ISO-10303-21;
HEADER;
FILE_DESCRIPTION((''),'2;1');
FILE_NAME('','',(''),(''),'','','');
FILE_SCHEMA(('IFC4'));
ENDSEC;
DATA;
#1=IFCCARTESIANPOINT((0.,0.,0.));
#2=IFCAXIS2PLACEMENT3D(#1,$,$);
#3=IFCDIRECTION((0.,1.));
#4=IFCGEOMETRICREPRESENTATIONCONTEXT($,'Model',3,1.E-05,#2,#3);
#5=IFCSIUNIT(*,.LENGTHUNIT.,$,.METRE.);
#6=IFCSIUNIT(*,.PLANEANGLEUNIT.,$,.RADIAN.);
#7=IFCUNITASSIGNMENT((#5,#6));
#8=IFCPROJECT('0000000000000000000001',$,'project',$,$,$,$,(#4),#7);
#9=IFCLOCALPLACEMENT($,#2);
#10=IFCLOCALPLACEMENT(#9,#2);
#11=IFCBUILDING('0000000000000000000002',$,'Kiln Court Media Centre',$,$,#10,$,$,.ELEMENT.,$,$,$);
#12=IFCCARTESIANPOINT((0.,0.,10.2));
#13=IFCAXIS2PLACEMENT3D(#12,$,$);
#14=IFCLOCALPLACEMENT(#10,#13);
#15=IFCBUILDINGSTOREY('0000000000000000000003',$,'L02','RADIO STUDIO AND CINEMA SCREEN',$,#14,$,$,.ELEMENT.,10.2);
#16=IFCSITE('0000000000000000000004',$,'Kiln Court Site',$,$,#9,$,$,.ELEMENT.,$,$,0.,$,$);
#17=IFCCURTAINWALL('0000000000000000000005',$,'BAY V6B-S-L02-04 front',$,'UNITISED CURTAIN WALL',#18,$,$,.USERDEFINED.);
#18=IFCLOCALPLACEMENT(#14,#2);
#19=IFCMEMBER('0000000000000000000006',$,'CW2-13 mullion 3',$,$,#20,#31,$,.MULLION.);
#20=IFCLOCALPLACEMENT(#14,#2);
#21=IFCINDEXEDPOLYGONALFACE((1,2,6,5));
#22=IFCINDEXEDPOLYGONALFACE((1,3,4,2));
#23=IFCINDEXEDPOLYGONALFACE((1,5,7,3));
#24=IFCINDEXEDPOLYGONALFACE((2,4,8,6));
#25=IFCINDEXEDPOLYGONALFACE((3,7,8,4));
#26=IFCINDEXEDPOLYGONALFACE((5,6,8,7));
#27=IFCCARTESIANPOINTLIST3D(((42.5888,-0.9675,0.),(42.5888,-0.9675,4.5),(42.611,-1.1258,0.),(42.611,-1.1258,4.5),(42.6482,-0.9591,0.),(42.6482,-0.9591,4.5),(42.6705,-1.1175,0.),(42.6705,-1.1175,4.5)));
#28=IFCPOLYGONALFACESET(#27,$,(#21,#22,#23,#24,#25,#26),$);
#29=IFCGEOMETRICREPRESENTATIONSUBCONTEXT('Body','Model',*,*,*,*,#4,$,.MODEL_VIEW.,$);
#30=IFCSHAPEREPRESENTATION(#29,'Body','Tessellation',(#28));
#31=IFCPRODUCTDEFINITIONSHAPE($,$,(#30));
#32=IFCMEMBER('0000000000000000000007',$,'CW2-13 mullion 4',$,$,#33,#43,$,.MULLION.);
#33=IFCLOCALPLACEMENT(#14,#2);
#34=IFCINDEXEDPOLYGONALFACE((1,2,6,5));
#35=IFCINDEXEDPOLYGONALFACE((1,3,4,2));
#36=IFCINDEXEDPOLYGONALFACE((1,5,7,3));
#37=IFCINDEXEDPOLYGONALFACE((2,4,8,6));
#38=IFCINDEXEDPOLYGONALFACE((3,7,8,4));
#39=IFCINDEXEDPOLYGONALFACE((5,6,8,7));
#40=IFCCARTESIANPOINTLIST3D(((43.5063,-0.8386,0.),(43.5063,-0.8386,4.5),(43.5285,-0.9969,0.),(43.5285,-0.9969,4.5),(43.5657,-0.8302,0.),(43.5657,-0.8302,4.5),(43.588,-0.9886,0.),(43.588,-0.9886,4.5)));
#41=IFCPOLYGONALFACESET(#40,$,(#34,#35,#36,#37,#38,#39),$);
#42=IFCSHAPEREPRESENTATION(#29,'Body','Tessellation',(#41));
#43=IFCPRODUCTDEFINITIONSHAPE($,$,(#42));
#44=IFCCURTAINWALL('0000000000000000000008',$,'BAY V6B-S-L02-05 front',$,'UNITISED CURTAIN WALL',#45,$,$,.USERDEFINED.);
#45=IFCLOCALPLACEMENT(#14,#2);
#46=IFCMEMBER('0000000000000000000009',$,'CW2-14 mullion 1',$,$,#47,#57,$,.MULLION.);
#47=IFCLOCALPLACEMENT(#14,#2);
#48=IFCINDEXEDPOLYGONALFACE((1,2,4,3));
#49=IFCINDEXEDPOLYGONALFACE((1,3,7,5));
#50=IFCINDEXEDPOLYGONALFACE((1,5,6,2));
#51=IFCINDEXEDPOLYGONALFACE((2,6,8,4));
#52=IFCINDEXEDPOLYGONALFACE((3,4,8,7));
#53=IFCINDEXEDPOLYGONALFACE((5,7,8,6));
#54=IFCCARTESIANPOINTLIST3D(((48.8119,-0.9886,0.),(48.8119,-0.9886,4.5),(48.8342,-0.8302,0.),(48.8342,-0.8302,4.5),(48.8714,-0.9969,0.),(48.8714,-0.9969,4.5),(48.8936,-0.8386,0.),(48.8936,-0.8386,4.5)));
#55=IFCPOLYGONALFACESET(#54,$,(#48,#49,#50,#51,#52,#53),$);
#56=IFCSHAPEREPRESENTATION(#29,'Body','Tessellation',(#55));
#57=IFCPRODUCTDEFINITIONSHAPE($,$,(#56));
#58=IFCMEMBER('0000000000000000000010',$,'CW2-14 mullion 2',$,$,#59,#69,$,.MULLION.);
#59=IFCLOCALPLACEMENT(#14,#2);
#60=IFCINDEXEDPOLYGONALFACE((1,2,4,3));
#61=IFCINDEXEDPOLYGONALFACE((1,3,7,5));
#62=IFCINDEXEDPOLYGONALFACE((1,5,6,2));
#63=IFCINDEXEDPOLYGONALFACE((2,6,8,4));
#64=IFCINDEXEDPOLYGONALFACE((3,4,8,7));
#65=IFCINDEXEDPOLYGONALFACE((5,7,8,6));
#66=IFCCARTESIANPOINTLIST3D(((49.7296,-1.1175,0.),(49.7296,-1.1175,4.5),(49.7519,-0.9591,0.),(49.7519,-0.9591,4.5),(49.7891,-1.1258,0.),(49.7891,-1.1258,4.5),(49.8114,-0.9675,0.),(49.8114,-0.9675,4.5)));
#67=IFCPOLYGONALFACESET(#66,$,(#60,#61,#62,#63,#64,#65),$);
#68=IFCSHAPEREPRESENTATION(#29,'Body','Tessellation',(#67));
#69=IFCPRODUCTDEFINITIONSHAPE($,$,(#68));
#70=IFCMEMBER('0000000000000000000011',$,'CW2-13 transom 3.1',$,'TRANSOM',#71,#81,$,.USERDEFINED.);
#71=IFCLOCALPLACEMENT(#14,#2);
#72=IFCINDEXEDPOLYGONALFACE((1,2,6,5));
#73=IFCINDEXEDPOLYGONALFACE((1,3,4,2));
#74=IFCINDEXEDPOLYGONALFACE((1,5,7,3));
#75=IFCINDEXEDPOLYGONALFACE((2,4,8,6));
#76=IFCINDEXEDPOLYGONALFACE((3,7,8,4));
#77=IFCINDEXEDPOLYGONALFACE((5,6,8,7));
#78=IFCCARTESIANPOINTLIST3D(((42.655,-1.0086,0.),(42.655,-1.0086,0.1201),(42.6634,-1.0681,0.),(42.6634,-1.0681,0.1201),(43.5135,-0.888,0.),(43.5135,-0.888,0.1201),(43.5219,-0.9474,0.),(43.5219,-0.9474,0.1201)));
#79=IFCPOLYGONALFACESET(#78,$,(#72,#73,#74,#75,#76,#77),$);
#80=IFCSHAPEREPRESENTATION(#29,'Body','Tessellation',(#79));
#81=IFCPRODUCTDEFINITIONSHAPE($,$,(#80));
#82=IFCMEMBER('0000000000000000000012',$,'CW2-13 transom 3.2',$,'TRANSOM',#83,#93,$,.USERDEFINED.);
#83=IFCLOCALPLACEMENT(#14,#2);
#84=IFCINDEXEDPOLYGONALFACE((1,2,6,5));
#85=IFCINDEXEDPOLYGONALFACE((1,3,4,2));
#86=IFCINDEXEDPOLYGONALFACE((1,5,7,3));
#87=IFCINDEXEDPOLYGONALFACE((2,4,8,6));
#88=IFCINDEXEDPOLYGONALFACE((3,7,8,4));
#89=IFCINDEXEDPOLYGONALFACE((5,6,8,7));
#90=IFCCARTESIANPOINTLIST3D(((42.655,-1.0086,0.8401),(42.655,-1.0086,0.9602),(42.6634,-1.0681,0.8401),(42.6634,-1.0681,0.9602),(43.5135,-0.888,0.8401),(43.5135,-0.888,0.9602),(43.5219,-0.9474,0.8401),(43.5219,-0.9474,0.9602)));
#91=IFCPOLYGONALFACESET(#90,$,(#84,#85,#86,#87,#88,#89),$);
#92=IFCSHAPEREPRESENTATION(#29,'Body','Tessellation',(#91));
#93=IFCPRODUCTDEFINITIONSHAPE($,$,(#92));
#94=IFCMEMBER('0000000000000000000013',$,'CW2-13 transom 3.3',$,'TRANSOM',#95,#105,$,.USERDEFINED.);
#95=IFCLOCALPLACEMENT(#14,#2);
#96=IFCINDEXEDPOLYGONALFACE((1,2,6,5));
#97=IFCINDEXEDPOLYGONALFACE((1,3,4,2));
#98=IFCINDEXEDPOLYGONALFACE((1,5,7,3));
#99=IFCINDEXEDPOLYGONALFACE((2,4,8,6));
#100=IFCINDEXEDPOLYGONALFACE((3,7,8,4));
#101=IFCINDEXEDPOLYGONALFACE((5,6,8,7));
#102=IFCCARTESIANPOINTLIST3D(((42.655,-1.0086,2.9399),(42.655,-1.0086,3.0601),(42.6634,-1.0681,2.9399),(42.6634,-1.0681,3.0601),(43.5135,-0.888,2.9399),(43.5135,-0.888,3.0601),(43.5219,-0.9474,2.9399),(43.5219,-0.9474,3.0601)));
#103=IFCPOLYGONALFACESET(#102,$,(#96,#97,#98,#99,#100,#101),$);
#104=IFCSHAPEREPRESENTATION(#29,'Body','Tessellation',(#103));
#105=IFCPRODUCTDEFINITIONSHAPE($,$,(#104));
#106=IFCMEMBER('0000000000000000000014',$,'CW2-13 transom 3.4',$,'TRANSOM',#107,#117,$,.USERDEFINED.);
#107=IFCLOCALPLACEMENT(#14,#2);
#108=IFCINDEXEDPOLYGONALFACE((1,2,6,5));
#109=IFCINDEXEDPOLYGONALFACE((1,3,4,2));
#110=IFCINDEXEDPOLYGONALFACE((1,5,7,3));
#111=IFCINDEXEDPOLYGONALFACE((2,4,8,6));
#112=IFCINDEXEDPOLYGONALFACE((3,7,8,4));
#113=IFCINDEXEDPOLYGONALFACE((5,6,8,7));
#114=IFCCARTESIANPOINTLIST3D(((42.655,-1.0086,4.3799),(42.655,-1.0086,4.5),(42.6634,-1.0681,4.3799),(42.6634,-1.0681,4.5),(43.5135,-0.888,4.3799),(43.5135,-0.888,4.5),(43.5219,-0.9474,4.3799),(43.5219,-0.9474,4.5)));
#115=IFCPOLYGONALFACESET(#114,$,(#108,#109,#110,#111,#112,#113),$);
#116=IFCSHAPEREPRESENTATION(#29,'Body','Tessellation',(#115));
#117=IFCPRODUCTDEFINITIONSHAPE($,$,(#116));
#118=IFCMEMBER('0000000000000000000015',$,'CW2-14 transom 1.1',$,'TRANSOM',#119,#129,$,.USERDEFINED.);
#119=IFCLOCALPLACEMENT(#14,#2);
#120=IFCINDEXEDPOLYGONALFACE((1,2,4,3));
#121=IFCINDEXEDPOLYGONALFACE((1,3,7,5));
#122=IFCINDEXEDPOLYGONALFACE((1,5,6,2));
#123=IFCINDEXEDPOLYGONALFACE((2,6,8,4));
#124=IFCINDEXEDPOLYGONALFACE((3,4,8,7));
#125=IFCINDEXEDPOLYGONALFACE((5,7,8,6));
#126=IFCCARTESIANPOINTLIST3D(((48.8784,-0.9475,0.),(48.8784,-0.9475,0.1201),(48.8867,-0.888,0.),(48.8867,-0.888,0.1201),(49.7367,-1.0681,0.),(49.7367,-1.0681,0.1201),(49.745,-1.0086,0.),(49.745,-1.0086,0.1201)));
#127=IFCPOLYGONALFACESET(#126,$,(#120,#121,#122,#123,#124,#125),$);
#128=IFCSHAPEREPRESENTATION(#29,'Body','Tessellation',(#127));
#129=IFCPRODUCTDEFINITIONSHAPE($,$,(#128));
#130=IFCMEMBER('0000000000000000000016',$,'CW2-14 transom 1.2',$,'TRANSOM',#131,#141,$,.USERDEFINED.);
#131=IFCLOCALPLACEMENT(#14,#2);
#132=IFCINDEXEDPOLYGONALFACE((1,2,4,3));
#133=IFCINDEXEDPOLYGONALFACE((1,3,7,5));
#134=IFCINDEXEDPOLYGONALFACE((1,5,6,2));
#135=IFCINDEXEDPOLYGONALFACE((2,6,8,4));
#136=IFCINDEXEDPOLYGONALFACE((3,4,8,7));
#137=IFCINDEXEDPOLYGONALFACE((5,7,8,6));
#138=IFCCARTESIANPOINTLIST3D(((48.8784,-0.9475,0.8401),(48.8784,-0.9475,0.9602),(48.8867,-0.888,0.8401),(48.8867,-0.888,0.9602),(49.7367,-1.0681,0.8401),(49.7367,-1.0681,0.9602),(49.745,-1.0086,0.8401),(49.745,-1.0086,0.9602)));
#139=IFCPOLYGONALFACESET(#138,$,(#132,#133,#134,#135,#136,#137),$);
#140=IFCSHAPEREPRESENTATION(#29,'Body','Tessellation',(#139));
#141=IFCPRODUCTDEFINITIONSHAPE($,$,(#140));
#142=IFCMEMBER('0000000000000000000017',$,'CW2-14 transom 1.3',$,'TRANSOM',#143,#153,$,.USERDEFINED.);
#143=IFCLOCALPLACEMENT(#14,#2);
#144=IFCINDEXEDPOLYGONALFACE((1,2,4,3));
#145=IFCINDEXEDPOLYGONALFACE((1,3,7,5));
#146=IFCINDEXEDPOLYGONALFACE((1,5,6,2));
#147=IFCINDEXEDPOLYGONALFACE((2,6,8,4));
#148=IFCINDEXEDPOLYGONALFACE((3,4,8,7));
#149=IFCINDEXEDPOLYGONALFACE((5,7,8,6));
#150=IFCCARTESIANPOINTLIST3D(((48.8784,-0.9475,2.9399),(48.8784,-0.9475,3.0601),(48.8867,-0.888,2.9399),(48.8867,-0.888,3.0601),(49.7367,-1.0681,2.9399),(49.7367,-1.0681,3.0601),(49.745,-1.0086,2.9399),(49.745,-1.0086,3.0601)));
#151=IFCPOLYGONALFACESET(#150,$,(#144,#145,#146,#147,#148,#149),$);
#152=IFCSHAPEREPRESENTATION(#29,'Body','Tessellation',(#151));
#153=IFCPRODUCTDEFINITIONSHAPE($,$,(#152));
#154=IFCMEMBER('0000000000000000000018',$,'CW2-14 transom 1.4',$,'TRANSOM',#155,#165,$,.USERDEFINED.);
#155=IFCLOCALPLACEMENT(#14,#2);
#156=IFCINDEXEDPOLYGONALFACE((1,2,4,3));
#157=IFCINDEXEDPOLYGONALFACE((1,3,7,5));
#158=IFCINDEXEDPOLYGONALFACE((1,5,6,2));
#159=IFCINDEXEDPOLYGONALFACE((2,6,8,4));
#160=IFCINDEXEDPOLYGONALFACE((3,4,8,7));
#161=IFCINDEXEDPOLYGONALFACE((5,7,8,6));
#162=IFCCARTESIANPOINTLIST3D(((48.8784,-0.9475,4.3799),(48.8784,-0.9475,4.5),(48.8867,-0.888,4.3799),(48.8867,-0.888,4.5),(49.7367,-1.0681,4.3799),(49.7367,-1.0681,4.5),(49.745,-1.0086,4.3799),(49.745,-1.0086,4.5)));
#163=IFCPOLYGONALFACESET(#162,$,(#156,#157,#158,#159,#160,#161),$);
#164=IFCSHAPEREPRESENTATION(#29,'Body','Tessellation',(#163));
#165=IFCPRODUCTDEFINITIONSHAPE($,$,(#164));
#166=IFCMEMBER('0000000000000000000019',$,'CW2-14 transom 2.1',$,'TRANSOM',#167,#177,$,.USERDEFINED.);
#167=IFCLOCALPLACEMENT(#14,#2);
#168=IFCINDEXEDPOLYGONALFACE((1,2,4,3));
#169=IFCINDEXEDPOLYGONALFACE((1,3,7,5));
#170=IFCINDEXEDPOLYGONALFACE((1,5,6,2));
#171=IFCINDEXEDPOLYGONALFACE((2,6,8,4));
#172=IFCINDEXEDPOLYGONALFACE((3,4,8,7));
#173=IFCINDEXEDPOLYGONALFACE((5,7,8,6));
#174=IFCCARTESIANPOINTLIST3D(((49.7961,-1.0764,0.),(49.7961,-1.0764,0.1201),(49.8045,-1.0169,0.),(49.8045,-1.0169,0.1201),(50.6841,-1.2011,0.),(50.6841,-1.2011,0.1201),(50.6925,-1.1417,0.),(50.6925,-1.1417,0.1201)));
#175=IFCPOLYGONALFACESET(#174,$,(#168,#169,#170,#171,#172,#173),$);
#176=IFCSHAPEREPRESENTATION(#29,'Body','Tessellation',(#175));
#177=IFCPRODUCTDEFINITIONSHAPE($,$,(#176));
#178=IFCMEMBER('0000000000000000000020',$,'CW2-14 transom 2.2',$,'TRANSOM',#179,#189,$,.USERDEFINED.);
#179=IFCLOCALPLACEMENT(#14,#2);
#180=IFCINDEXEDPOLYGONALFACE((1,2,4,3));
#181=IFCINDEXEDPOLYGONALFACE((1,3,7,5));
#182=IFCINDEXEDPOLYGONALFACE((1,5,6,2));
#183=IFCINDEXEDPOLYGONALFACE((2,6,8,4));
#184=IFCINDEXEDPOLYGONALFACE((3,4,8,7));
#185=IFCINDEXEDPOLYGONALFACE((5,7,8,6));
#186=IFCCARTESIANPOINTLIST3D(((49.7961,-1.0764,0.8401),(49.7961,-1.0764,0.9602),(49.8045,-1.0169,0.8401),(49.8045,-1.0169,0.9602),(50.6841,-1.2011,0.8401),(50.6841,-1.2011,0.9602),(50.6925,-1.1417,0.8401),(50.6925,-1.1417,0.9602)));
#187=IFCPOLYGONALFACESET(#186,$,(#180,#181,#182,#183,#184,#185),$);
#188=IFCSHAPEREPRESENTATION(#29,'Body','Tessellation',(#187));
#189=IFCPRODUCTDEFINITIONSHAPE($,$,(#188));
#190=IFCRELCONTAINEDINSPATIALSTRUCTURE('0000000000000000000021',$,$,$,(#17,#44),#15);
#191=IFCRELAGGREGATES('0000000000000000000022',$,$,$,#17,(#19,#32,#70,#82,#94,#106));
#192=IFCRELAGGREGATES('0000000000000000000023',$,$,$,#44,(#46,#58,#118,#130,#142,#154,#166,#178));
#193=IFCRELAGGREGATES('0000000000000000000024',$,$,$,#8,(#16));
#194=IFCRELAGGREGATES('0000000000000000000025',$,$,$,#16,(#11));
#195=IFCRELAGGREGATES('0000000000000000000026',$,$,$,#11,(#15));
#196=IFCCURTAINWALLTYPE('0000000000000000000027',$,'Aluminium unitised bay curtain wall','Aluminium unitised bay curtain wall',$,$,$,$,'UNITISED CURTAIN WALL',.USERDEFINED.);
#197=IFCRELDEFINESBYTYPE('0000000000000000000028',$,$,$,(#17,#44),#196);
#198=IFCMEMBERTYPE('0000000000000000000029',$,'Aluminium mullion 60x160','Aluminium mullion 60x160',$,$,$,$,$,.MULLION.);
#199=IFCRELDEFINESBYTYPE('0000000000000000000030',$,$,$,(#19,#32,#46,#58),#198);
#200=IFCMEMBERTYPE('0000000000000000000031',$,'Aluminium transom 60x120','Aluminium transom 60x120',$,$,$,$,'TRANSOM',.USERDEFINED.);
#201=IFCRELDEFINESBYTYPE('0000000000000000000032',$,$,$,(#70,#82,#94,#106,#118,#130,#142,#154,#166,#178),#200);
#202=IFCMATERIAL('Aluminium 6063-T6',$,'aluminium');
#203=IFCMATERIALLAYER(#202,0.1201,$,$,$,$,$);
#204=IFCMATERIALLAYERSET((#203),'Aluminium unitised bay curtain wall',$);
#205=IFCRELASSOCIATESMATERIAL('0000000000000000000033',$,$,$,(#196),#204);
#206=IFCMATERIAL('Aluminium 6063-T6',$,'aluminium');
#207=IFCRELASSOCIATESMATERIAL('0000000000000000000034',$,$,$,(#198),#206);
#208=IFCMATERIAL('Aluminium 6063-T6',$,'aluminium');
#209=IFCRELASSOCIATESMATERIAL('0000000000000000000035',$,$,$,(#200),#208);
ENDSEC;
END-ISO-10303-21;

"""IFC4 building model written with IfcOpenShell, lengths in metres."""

from ifc_helpers import new_model, si_unit, direction, frame, origin, origin_2d, place, context, subcontext, project, spatial, rectangle, extrude, material, layer, layer_set, material_profile, profile_set, type_object, element, aggregate, save


model = new_model("IFC4")

# Units and contexts
model_context = context("Model", 3, precision=1e-05, world=origin(), true_north=direction((0.0, 1.0)))
body_context = subcontext(model_context, "Body", "Model", "MODEL_VIEW")
ifc_project = project(units=[si_unit("LENGTHUNIT", "METRE"), si_unit("PLANEANGLEUNIT", "RADIAN")], contexts=[model_context])

# Site, building, storey
site_placement = place(None, origin())
site = spatial("IfcSite", under=ifc_project, at=site_placement, Name="Kiln Court Site", CompositionType="ELEMENT", RefElevation=0.0)
building_placement = place(site_placement, origin())
building = spatial("IfcBuilding", under=site, at=building_placement, Name="Kiln Court Media Centre", CompositionType="ELEMENT")
storey_placement = place(building_placement, frame((0.0, 0.0, 10.2)))
storey = spatial("IfcBuildingStorey", under=building, at=storey_placement, Name="L02", Description="RADIO STUDIO AND CINEMA SCREEN", CompositionType="ELEMENT", Elevation=10.2)

# Curtain walls, members
ifc_material_1 = material(Name="Aluminium 6063-T6", Category="aluminium")
ifc_layer_1 = layer(ifc_material_1, 0.1201)
ifc_layer_set_1 = layer_set([ifc_layer_1], Name="Aluminium unitised bay curtain wall")
curtain_wall_type = type_object("IfcCurtainWallType", Name="Aluminium unitised bay curtain wall", Description="Aluminium unitised bay curtain wall", ElementType="UNITISED CURTAIN WALL", PredefinedType="USERDEFINED", material=ifc_layer_set_1)
curtain_wall_1_placement = place(storey_placement, origin())
curtain_wall_1 = element("IfcCurtainWall", 1, at=curtain_wall_1_placement, inside=storey, type_object=curtain_wall_type, Name="BAY V6B-S-L02-04 front", ObjectType="UNITISED CURTAIN WALL", PredefinedType="USERDEFINED")
ifc_material_2 = material(Name="Aluminium 6063-T6", Category="aluminium")
ifc_material_profile_1 = material_profile(ifc_material_2, rectangle(XDim=0.0601, YDim=0.1599, at=origin_2d()), Name="Aluminium mullion 60x160")
ifc_profile_set_1 = profile_set([ifc_material_profile_1], Name="Aluminium 6063-T6")
member_type_1 = type_object("IfcMemberType", Name="Aluminium mullion 60x160", Description="Aluminium mullion 60x160", PredefinedType="MULLION", material=ifc_profile_set_1)
member_1_placement = place(storey_placement, frame((42.6296, -1.0425, 0.0), z_axis=(0.0, 0.0, 1.0), x_axis=(0.99027, 0.139162, 0.0)))
member_1 = element("IfcMember", 2, at=member_1_placement, type_object=member_type_1, Name="CW2-13 mullion 3", PredefinedType="MULLION", context=body_context, shape_type="SweptSolid", body=[
    extrude(rectangle(XDim=0.0601, YDim=0.1599, at=origin_2d()), origin(), (0.0, 0.0, 1.0), 4.5),
])
member_2_placement = place(storey_placement, frame((43.5471, -0.9136, 0.0), z_axis=(0.0, 0.0, 1.0), x_axis=(0.99027, 0.139162, 0.0)))
member_2 = element("IfcMember", 3, at=member_2_placement, type_object=member_type_1, Name="CW2-13 mullion 4", PredefinedType="MULLION", context=body_context, shape_type="SweptSolid", body=[
    extrude(rectangle(XDim=0.0601, YDim=0.1599, at=origin_2d()), origin(), (0.0, 0.0, 1.0), 4.5),
])
curtain_wall_2_placement = place(storey_placement, origin())
curtain_wall_2 = element("IfcCurtainWall", 4, at=curtain_wall_2_placement, inside=storey, type_object=curtain_wall_type, Name="BAY V6B-S-L02-05 front", ObjectType="UNITISED CURTAIN WALL", PredefinedType="USERDEFINED")
member_3_placement = place(storey_placement, frame((48.8528, -0.9136, 0.0), z_axis=(0.0, 0.0, 1.0), x_axis=(0.99027, -0.139162, 0.0)))
member_3 = element("IfcMember", 5, at=member_3_placement, type_object=member_type_1, Name="CW2-14 mullion 1", PredefinedType="MULLION", context=body_context, shape_type="SweptSolid", body=[
    extrude(rectangle(XDim=0.0601, YDim=0.1599, at=origin_2d()), origin(), (0.0, 0.0, 1.0), 4.5),
])
member_4_placement = place(storey_placement, frame((49.7705, -1.0425, 0.0), z_axis=(0.0, 0.0, 1.0), x_axis=(0.99027, -0.139162, 0.0)))
member_4 = element("IfcMember", 6, at=member_4_placement, type_object=member_type_1, Name="CW2-14 mullion 2", PredefinedType="MULLION", context=body_context, shape_type="SweptSolid", body=[
    extrude(rectangle(XDim=0.0601, YDim=0.1599, at=origin_2d()), origin(), (0.0, 0.0, 1.0), 4.5),
])

# Members
ifc_material_3 = material(Name="Aluminium 6063-T6", Category="aluminium")
ifc_material_profile_2 = material_profile(ifc_material_3, rectangle(XDim=0.0601, YDim=0.1201, at=origin_2d()), Name="Aluminium transom 60x120")
ifc_profile_set_2 = profile_set([ifc_material_profile_2], Name="Aluminium 6063-T6")
member_type_2 = type_object("IfcMemberType", Name="Aluminium transom 60x120", Description="Aluminium transom 60x120", ElementType="TRANSOM", PredefinedType="USERDEFINED", material=ifc_profile_set_2)
member_5_placement = place(storey_placement, frame((42.6592, -1.0383, 0.0601), z_axis=(0.990274, 0.139134, 0.0), x_axis=(-0.139134, 0.990274, 0.0)))
member_5 = element("IfcMember", 7, at=member_5_placement, type_object=member_type_2, Name="CW2-13 transom 3.1", ObjectType="TRANSOM", PredefinedType="USERDEFINED", context=body_context, shape_type="SweptSolid", body=[
    extrude(rectangle(XDim=0.0601, YDim=0.1201, at=origin_2d()), origin(), (0.0, 0.0, 1.0), 0.8669),
])
member_6_placement = place(storey_placement, frame((42.6592, -1.0383, 0.9001), z_axis=(0.990274, 0.139134, 0.0), x_axis=(-0.139134, 0.990274, 0.0)))
member_6 = element("IfcMember", 8, at=member_6_placement, type_object=member_type_2, Name="CW2-13 transom 3.2", ObjectType="TRANSOM", PredefinedType="USERDEFINED", context=body_context, shape_type="SweptSolid", body=[
    extrude(rectangle(XDim=0.0601, YDim=0.1201, at=origin_2d()), origin(), (0.0, 0.0, 1.0), 0.8669),
])
member_7_placement = place(storey_placement, frame((42.6592, -1.0383, 3.0), z_axis=(0.990274, 0.139134, 0.0), x_axis=(-0.139134, 0.990274, 0.0)))
member_7 = element("IfcMember", 9, at=member_7_placement, type_object=member_type_2, Name="CW2-13 transom 3.3", ObjectType="TRANSOM", PredefinedType="USERDEFINED", context=body_context, shape_type="SweptSolid", body=[
    extrude(rectangle(XDim=0.0601, YDim=0.1201, at=origin_2d()), origin(), (0.0, 0.0, 1.0), 0.8669),
])
member_8_placement = place(storey_placement, frame((42.6592, -1.0383, 4.4399), z_axis=(0.990274, 0.139134, 0.0), x_axis=(-0.139134, 0.990274, 0.0)))
member_8 = element("IfcMember", 10, at=member_8_placement, type_object=member_type_2, Name="CW2-13 transom 3.4", ObjectType="TRANSOM", PredefinedType="USERDEFINED", context=body_context, shape_type="SweptSolid", body=[
    extrude(rectangle(XDim=0.0601, YDim=0.1201, at=origin_2d()), origin(), (0.0, 0.0, 1.0), 0.8669),
])
member_9_placement = place(storey_placement, frame((48.8826, -0.9177, 0.0601), z_axis=(0.990268, -0.139173, 0.0), x_axis=(0.139173, 0.990268, 0.0)))
member_9 = element("IfcMember", 11, at=member_9_placement, type_object=member_type_2, Name="CW2-14 transom 1.1", ObjectType="TRANSOM", PredefinedType="USERDEFINED", context=body_context, shape_type="SweptSolid", body=[
    extrude(rectangle(XDim=0.0601, YDim=0.1201, at=origin_2d()), origin(), (0.0, 0.0, 1.0), 0.8667),
])
member_10_placement = place(storey_placement, frame((48.8826, -0.9177, 0.9001), z_axis=(0.990268, -0.139173, 0.0), x_axis=(0.139173, 0.990268, 0.0)))
member_10 = element("IfcMember", 12, at=member_10_placement, type_object=member_type_2, Name="CW2-14 transom 1.2", ObjectType="TRANSOM", PredefinedType="USERDEFINED", context=body_context, shape_type="SweptSolid", body=[
    extrude(rectangle(XDim=0.0601, YDim=0.1201, at=origin_2d()), origin(), (0.0, 0.0, 1.0), 0.8667),
])
member_11_placement = place(storey_placement, frame((48.8826, -0.9177, 3.0), z_axis=(0.990268, -0.139173, 0.0), x_axis=(0.139173, 0.990268, 0.0)))
member_11 = element("IfcMember", 13, at=member_11_placement, type_object=member_type_2, Name="CW2-14 transom 1.3", ObjectType="TRANSOM", PredefinedType="USERDEFINED", context=body_context, shape_type="SweptSolid", body=[
    extrude(rectangle(XDim=0.0601, YDim=0.1201, at=origin_2d()), origin(), (0.0, 0.0, 1.0), 0.8667),
])
member_12_placement = place(storey_placement, frame((48.8826, -0.9177, 4.4399), z_axis=(0.990268, -0.139173, 0.0), x_axis=(0.139173, 0.990268, 0.0)))
member_12 = element("IfcMember", 14, at=member_12_placement, type_object=member_type_2, Name="CW2-14 transom 1.4", ObjectType="TRANSOM", PredefinedType="USERDEFINED", context=body_context, shape_type="SweptSolid", body=[
    extrude(rectangle(XDim=0.0601, YDim=0.1201, at=origin_2d()), origin(), (0.0, 0.0, 1.0), 0.8667),
])
member_13_placement = place(storey_placement, frame((49.8003, -1.0466, 0.0601), z_axis=(0.990274, -0.139134, 0.0), x_axis=(0.139134, 0.990274, 0.0)))
member_13 = element("IfcMember", 15, at=member_13_placement, type_object=member_type_2, Name="CW2-14 transom 2.1", ObjectType="TRANSOM", PredefinedType="USERDEFINED", context=body_context, shape_type="SweptSolid", body=[
    extrude(rectangle(XDim=0.0601, YDim=0.1201, at=origin_2d()), origin(), (0.0, 0.0, 1.0), 0.8967),
])
member_14_placement = place(storey_placement, frame((49.8003, -1.0466, 0.9001), z_axis=(0.990274, -0.139134, 0.0), x_axis=(0.139134, 0.990274, 0.0)))
member_14 = element("IfcMember", 16, at=member_14_placement, type_object=member_type_2, Name="CW2-14 transom 2.2", ObjectType="TRANSOM", PredefinedType="USERDEFINED", context=body_context, shape_type="SweptSolid", body=[
    extrude(rectangle(XDim=0.0601, YDim=0.1201, at=origin_2d()), origin(), (0.0, 0.0, 1.0), 0.8967),
])

aggregate(curtain_wall_1, [member_1, member_2, member_5, member_6, member_7, member_8])
aggregate(curtain_wall_2, [member_3, member_4, member_9, member_10, member_11, member_12, member_13, member_14])

save(model, "model.ifc")
